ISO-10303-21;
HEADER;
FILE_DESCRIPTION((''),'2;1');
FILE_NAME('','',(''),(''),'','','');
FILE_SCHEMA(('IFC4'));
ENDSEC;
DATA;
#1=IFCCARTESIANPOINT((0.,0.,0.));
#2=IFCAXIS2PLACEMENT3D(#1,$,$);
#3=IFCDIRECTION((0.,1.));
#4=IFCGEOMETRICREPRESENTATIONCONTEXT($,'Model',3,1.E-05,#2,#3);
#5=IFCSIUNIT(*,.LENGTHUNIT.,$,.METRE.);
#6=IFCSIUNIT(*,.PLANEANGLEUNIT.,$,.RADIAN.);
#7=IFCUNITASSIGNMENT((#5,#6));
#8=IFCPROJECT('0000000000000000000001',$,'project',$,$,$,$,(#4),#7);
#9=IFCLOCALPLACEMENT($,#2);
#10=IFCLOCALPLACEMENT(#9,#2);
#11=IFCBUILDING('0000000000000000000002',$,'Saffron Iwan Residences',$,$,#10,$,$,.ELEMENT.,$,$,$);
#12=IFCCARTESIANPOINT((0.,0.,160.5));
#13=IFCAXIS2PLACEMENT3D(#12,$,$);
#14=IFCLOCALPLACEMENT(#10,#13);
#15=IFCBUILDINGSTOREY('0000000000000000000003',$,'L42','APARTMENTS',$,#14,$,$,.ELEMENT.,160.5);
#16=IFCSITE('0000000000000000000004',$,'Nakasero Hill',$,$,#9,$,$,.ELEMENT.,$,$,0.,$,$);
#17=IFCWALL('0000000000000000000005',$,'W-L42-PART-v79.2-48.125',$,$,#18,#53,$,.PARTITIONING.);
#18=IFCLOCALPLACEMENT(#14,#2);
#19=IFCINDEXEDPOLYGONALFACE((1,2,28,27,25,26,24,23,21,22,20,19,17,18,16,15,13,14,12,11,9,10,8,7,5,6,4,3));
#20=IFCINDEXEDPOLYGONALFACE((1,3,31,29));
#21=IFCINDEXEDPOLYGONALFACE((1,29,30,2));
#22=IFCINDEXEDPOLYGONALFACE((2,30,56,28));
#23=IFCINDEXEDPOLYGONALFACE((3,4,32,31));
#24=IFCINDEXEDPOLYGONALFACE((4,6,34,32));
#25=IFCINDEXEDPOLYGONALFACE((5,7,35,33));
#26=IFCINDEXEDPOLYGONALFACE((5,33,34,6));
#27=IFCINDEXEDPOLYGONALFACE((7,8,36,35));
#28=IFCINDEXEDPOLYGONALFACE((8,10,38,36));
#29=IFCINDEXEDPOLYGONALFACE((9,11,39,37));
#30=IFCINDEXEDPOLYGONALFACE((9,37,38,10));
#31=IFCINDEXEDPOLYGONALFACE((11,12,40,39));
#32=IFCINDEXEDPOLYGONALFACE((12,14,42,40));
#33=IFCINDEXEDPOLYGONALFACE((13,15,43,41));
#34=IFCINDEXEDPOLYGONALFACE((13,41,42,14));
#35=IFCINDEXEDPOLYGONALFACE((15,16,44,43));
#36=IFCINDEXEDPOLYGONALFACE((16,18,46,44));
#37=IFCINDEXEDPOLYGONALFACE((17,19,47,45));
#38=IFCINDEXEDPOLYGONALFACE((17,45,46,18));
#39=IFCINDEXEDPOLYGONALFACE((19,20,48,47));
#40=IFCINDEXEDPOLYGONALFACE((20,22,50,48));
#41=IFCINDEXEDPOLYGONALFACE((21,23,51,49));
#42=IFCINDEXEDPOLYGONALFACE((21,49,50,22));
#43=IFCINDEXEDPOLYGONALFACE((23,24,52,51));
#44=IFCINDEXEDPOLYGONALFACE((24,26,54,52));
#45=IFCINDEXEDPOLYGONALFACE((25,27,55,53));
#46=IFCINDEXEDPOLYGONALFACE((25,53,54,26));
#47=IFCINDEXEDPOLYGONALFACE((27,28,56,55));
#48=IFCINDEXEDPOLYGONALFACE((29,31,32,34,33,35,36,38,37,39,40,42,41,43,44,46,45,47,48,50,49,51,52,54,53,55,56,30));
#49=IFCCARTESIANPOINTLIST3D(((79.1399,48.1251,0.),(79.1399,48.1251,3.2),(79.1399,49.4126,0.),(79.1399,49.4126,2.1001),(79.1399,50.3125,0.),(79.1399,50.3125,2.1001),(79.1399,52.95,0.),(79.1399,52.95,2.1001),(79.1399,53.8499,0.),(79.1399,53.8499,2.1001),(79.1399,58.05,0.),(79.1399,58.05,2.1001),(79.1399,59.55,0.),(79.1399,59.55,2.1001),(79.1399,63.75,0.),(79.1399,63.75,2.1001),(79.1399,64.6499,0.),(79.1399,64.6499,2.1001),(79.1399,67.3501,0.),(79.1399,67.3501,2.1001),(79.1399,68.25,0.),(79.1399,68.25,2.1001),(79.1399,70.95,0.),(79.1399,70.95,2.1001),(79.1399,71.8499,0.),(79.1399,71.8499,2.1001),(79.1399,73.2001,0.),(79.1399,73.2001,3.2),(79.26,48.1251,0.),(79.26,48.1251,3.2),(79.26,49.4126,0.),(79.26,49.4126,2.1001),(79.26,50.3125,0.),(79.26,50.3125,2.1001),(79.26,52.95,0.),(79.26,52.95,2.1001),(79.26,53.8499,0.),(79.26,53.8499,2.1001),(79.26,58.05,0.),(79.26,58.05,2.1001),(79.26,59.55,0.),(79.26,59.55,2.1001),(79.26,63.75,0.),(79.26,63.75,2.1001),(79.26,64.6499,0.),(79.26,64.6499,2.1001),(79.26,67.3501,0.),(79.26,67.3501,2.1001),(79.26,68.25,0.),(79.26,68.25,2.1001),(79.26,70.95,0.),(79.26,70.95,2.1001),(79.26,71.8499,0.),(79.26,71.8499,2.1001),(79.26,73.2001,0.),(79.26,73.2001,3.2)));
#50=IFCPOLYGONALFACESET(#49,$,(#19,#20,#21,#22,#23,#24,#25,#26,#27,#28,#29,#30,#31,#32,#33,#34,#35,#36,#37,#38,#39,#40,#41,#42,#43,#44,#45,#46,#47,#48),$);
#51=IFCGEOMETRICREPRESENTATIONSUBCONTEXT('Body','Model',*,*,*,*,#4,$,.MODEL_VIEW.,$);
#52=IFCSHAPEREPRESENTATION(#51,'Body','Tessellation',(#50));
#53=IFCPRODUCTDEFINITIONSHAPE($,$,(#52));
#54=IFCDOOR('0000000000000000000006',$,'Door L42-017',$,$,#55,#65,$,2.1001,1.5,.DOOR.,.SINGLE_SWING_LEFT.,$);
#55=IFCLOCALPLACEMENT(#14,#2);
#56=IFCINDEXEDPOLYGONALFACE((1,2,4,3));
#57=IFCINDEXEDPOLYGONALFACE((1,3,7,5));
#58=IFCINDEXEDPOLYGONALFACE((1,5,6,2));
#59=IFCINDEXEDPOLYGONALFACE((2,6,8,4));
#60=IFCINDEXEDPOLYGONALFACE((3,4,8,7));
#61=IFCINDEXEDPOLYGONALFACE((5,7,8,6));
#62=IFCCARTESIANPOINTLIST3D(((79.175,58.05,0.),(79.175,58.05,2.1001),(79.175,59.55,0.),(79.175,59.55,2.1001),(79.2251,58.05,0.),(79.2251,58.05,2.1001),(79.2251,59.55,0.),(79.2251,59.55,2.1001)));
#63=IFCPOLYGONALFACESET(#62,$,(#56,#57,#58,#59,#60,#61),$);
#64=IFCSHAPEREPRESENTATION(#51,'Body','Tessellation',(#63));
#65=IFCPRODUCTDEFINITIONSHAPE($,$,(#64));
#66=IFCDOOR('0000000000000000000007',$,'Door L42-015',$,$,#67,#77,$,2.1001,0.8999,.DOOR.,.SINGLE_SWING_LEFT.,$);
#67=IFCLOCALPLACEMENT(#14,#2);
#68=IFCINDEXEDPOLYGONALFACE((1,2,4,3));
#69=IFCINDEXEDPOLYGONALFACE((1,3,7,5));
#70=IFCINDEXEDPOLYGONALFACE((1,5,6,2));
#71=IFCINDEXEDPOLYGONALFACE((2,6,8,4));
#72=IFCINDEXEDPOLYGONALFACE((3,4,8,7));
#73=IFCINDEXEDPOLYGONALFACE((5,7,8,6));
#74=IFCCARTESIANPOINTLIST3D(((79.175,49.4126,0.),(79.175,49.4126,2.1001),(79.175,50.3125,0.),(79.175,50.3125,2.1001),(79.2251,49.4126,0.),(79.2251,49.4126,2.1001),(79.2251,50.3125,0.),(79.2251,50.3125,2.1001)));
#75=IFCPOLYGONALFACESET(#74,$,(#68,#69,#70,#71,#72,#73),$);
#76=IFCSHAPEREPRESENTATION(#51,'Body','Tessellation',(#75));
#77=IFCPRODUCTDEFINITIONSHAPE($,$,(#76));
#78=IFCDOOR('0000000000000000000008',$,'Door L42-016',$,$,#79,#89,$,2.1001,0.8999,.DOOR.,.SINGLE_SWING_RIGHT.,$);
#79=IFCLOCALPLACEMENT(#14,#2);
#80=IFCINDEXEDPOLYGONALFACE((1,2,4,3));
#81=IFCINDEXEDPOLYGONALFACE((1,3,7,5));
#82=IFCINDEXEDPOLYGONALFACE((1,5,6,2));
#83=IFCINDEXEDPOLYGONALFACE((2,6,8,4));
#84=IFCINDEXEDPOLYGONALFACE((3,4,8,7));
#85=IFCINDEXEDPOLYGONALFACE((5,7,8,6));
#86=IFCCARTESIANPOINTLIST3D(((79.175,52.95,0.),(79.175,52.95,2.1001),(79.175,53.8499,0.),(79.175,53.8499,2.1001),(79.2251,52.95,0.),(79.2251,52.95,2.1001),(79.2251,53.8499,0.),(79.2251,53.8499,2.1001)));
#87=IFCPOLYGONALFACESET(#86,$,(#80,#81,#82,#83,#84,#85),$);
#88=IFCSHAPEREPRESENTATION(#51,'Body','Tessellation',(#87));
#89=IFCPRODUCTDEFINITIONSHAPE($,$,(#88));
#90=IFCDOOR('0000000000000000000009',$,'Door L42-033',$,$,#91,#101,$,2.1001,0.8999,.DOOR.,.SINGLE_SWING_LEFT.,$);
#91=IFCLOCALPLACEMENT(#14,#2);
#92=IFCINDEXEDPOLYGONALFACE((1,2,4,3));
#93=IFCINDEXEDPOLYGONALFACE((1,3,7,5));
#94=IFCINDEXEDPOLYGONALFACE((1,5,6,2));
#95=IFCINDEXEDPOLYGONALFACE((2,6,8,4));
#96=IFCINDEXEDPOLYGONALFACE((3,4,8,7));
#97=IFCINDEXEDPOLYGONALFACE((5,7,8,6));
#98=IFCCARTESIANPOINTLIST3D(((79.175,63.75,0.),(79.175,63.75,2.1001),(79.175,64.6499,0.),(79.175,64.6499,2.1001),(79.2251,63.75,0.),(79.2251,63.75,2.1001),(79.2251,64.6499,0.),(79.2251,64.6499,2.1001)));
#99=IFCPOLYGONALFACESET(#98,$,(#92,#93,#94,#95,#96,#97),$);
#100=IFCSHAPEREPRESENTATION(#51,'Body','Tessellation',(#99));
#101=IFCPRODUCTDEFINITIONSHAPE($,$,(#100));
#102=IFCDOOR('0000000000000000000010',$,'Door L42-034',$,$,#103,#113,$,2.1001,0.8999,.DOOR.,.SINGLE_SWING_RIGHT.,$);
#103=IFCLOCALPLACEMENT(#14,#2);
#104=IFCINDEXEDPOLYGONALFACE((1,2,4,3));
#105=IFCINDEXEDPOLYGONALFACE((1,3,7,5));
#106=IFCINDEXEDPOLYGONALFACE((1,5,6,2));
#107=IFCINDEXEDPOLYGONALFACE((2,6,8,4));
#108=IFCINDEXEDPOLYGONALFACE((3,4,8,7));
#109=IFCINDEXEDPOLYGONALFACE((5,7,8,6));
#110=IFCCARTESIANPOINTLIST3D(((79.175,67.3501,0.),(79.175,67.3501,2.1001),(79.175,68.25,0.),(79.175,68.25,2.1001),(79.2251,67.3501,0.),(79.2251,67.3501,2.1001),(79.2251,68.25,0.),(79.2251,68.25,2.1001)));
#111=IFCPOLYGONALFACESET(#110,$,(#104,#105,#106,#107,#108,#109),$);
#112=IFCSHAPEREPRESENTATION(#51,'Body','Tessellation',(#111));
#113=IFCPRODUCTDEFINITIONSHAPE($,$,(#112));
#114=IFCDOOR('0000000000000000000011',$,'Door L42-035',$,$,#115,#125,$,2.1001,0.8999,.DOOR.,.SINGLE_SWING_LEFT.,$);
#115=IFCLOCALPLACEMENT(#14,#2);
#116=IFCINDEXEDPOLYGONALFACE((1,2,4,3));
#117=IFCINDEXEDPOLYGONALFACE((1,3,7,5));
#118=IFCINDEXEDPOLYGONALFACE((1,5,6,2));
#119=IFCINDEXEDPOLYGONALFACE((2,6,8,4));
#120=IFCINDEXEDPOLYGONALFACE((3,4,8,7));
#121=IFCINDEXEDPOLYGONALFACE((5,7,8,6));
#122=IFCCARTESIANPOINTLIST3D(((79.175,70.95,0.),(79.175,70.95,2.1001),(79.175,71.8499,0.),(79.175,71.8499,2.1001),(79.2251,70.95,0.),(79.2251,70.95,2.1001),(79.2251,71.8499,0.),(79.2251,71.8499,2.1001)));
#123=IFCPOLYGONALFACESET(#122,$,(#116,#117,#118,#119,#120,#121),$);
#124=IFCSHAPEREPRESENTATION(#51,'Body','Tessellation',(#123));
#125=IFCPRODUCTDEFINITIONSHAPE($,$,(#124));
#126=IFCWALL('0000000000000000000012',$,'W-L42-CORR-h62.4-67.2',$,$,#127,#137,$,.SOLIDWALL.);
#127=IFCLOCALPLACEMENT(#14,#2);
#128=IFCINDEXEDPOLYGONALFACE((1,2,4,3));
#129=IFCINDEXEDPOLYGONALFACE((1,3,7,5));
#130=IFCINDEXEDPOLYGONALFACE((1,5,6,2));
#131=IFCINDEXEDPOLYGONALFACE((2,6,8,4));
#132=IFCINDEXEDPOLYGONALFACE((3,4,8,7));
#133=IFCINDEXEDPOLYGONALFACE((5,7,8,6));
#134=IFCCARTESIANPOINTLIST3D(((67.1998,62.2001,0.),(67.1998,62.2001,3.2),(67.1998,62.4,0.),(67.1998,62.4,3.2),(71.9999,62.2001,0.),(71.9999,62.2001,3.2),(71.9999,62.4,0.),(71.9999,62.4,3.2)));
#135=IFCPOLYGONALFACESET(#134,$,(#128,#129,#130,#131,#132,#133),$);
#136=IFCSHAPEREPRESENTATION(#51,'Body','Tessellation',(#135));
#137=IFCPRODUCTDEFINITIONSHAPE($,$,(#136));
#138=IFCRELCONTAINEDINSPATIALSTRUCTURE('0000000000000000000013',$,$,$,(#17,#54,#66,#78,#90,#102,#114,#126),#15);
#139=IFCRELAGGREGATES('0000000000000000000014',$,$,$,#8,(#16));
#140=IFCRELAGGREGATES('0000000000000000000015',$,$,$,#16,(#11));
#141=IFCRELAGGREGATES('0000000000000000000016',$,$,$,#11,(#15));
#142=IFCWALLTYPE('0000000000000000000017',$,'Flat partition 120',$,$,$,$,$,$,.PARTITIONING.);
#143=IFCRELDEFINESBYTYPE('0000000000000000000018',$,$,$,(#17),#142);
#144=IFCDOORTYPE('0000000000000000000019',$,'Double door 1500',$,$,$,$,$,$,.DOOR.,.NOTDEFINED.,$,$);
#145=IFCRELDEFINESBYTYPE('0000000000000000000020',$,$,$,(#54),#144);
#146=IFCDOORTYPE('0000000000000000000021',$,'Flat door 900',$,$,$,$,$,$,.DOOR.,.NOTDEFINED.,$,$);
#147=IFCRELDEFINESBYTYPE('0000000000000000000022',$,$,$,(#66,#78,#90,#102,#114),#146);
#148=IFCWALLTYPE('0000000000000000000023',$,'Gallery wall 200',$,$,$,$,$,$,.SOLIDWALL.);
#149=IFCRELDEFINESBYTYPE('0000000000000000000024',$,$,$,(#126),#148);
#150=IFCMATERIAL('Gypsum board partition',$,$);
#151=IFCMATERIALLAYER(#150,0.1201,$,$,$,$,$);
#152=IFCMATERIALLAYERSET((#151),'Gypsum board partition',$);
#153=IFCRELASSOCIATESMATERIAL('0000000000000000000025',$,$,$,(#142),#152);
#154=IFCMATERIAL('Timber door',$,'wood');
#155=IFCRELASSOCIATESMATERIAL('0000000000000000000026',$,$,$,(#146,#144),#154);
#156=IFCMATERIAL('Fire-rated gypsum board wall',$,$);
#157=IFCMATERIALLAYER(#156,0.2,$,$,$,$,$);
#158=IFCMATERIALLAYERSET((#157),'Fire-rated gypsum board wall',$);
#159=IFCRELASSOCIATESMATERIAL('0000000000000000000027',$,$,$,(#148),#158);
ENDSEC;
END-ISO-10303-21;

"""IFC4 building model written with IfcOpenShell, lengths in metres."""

from ifc_helpers import new_model, si_unit, direction, frame, frame_2d, origin, place, context, subcontext, project, spatial, rectangle, extrude, material, layer, layer_set, type_object, element, fill, save


model = new_model("IFC4")

# Units and contexts
model_context = context("Model", 3, precision=1e-05, world=origin(), true_north=direction((0.0, 1.0)))
body_context = subcontext(model_context, "Body", "Model", "MODEL_VIEW")
ifc_project = project(units=[si_unit("LENGTHUNIT", "METRE"), si_unit("PLANEANGLEUNIT", "RADIAN")], contexts=[model_context])

# Site, building, storey
site_placement = place(None, origin())
site = spatial("IfcSite", under=ifc_project, at=site_placement, Name="Nakasero Hill", CompositionType="ELEMENT", RefElevation=0.0)
building_placement = place(site_placement, origin())
building = spatial("IfcBuilding", under=site, at=building_placement, Name="Saffron Iwan Residences", CompositionType="ELEMENT")
storey_placement = place(building_placement, frame((0.0, 0.0, 160.5)))
storey = spatial("IfcBuildingStorey", under=building, at=storey_placement, Name="L42", Description="APARTMENTS", CompositionType="ELEMENT", Elevation=160.5)

# Shared definitions
ifc_material_1 = material(Name="Fire-rated gypsum board wall")
ifc_material_2 = material(Name="Gypsum board partition")
ifc_layer_1 = layer(ifc_material_2, 0.1201)
ifc_layer_set_1 = layer_set([ifc_layer_1], Name="Gypsum board partition")
wall_type_1 = type_object("IfcWallType", Name="Flat partition 120", PredefinedType="PARTITIONING", material=ifc_layer_set_1)

# Shared definitions
ifc_material_3 = material(Name="Timber door", Category="wood")
door_type_1 = type_object("IfcDoorType", Name="Flat door 900", OperationType="NOTDEFINED", PredefinedType="DOOR", material=ifc_material_3)

# Wall, openings, doors
wall_1_placement = place(storey_placement, frame((79.2, 48.125, 0.0), z_axis=(0.0, 0.0, 1.0), x_axis=(0.0, 1.0, 0.0)))
wall_1 = element("IfcWall", 1, at=wall_1_placement, inside=storey, type_object=wall_type_1, Name="W-L42-PART-v79.2-48.125", PredefinedType="PARTITIONING", context=body_context, shape_type="SweptSolid", body=[
    extrude(rectangle(XDim=25.075, YDim=0.1201, at=frame_2d((12.5376, 0.0))), origin(), (0.0, 0.0, 1.0), 3.2),
])
opening_1_placement = place(wall_1_placement, frame((1.2876, 0.0, 0.0)))
opening_1 = element("IfcOpeningElement", 2, at=opening_1_placement, cuts=wall_1, PredefinedType="OPENING", context=body_context, shape_type="SweptSolid", body=[
    extrude(rectangle(XDim=0.8999, YDim=2.1001, at=frame_2d((0.45, 1.05))), frame((0.0, 0.0701, 0.0), z_axis=(0.0, -1.0, 0.0), x_axis=(1.0, 0.0, 0.0)), (0.0, 0.0, 1.0), 0.1401),
])
opening_2_placement = place(wall_1_placement, frame((4.825, 0.0, 0.0)))
opening_2 = element("IfcOpeningElement", 3, at=opening_2_placement, cuts=wall_1, PredefinedType="OPENING", context=body_context, shape_type="SweptSolid", body=[
    extrude(rectangle(XDim=0.8999, YDim=2.1001, at=frame_2d((0.45, 1.05))), frame((0.0, 0.0701, 0.0), z_axis=(0.0, -1.0, 0.0), x_axis=(1.0, 0.0, 0.0)), (0.0, 0.0, 1.0), 0.1401),
])
opening_3_placement = place(wall_1_placement, frame((9.925, 0.0, 0.0)))
opening_3 = element("IfcOpeningElement", 4, at=opening_3_placement, cuts=wall_1, PredefinedType="OPENING", context=body_context, shape_type="SweptSolid", body=[
    extrude(rectangle(XDim=1.5, YDim=2.1001, at=frame_2d((0.75, 1.05))), frame((0.0, 0.0701, 0.0), z_axis=(0.0, -1.0, 0.0), x_axis=(1.0, 0.0, 0.0)), (0.0, 0.0, 1.0), 0.1401),
])
opening_4_placement = place(wall_1_placement, frame((15.625, 0.0, 0.0)))
opening_4 = element("IfcOpeningElement", 5, at=opening_4_placement, cuts=wall_1, PredefinedType="OPENING", context=body_context, shape_type="SweptSolid", body=[
    extrude(rectangle(XDim=0.8999, YDim=2.1001, at=frame_2d((0.45, 1.05))), frame((0.0, 0.0701, 0.0), z_axis=(0.0, -1.0, 0.0), x_axis=(1.0, 0.0, 0.0)), (0.0, 0.0, 1.0), 0.1401),
])
opening_5_placement = place(wall_1_placement, frame((19.2251, 0.0, 0.0)))
opening_5 = element("IfcOpeningElement", 6, at=opening_5_placement, cuts=wall_1, PredefinedType="OPENING", context=body_context, shape_type="SweptSolid", body=[
    extrude(rectangle(XDim=0.8999, YDim=2.1001, at=frame_2d((0.45, 1.05))), frame((0.0, 0.0701, 0.0), z_axis=(0.0, -1.0, 0.0), x_axis=(1.0, 0.0, 0.0)), (0.0, 0.0, 1.0), 0.1401),
])
opening_6_placement = place(wall_1_placement, frame((22.825, 0.0, 0.0)))
opening_6 = element("IfcOpeningElement", 7, at=opening_6_placement, cuts=wall_1, PredefinedType="OPENING", context=body_context, shape_type="SweptSolid", body=[
    extrude(rectangle(XDim=0.8999, YDim=2.1001, at=frame_2d((0.45, 1.05))), frame((0.0, 0.0701, 0.0), z_axis=(0.0, -1.0, 0.0), x_axis=(1.0, 0.0, 0.0)), (0.0, 0.0, 1.0), 0.1401),
])
door_type_2 = type_object("IfcDoorType", Name="Double door 1500", OperationType="NOTDEFINED", PredefinedType="DOOR", material=ifc_material_3)
door_1_placement = place(opening_3_placement, origin())
door_1 = element("IfcDoor", 8, at=door_1_placement, inside=storey, type_object=door_type_2, Name="Door L42-017", OperationType="SINGLE_SWING_LEFT", OverallHeight=2.1001, OverallWidth=1.5, PredefinedType="DOOR", context=body_context, shape_type="SweptSolid", body=[
    extrude(rectangle(XDim=1.5, YDim=2.1001, at=frame_2d((0.75, 1.05))), frame((0.0, 0.0249, 0.0), z_axis=(0.0, -1.0, 0.0), x_axis=(1.0, 0.0, 0.0)), (0.0, 0.0, 1.0), 0.05),
])
fill(opening_3, door_1)
door_2_placement = place(opening_1_placement, origin())
door_2 = element("IfcDoor", 9, at=door_2_placement, inside=storey, type_object=door_type_1, Name="Door L42-015", OperationType="SINGLE_SWING_LEFT", OverallHeight=2.1001, OverallWidth=0.8999, PredefinedType="DOOR", context=body_context, shape_type="SweptSolid", body=[
    extrude(rectangle(XDim=0.8999, YDim=2.1001, at=frame_2d((0.45, 1.05))), frame((0.0, 0.0249, 0.0), z_axis=(0.0, -1.0, 0.0), x_axis=(1.0, 0.0, 0.0)), (0.0, 0.0, 1.0), 0.05),
])
fill(opening_1, door_2)
door_3_placement = place(opening_2_placement, origin())
door_3 = element("IfcDoor", 10, at=door_3_placement, inside=storey, type_object=door_type_1, Name="Door L42-016", OperationType="SINGLE_SWING_RIGHT", OverallHeight=2.1001, OverallWidth=0.8999, PredefinedType="DOOR", context=body_context, shape_type="SweptSolid", body=[
    extrude(rectangle(XDim=0.8999, YDim=2.1001, at=frame_2d((0.45, 1.05))), frame((0.0, 0.0249, 0.0), z_axis=(0.0, -1.0, 0.0), x_axis=(1.0, 0.0, 0.0)), (0.0, 0.0, 1.0), 0.05),
])
fill(opening_2, door_3)
door_4_placement = place(opening_4_placement, origin())
door_4 = element("IfcDoor", 11, at=door_4_placement, inside=storey, type_object=door_type_1, Name="Door L42-033", OperationType="SINGLE_SWING_LEFT", OverallHeight=2.1001, OverallWidth=0.8999, PredefinedType="DOOR", context=body_context, shape_type="SweptSolid", body=[
    extrude(rectangle(XDim=0.8999, YDim=2.1001, at=frame_2d((0.45, 1.05))), frame((0.0, 0.0249, 0.0), z_axis=(0.0, -1.0, 0.0), x_axis=(1.0, 0.0, 0.0)), (0.0, 0.0, 1.0), 0.05),
])
fill(opening_4, door_4)
door_5_placement = place(opening_5_placement, origin())
door_5 = element("IfcDoor", 12, at=door_5_placement, inside=storey, type_object=door_type_1, Name="Door L42-034", OperationType="SINGLE_SWING_RIGHT", OverallHeight=2.1001, OverallWidth=0.8999, PredefinedType="DOOR", context=body_context, shape_type="SweptSolid", body=[
    extrude(rectangle(XDim=0.8999, YDim=2.1001, at=frame_2d((0.45, 1.05))), frame((0.0, 0.0249, 0.0), z_axis=(0.0, -1.0, 0.0), x_axis=(1.0, 0.0, 0.0)), (0.0, 0.0, 1.0), 0.05),
])
fill(opening_5, door_5)
door_6_placement = place(opening_6_placement, origin())
door_6 = element("IfcDoor", 13, at=door_6_placement, inside=storey, type_object=door_type_1, Name="Door L42-035", OperationType="SINGLE_SWING_LEFT", OverallHeight=2.1001, OverallWidth=0.8999, PredefinedType="DOOR", context=body_context, shape_type="SweptSolid", body=[
    extrude(rectangle(XDim=0.8999, YDim=2.1001, at=frame_2d((0.45, 1.05))), frame((0.0, 0.0249, 0.0), z_axis=(0.0, -1.0, 0.0), x_axis=(1.0, 0.0, 0.0)), (0.0, 0.0, 1.0), 0.05),
])
fill(opening_6, door_6)

# Wall
ifc_layer_2 = layer(ifc_material_1, 0.2)
ifc_layer_set_2 = layer_set([ifc_layer_2], Name="Fire-rated gypsum board wall")
wall_type_2 = type_object("IfcWallType", Name="Gallery wall 200", PredefinedType="SOLIDWALL", material=ifc_layer_set_2)
wall_2_placement = place(storey_placement, frame((67.2, 62.3, 0.0), z_axis=(0.0, 0.0, 1.0), x_axis=(1.0, 0.0, 0.0)))
element("IfcWall", 14, at=wall_2_placement, inside=storey, type_object=wall_type_2, Name="W-L42-CORR-h62.4-67.2", PredefinedType="SOLIDWALL", context=body_context, shape_type="SweptSolid", body=[
    extrude(rectangle(XDim=4.8, YDim=0.2, at=frame_2d((2.3999, 0.0))), origin(), (0.0, 0.0, 1.0), 3.2),
])

save(model, "model.ifc")
